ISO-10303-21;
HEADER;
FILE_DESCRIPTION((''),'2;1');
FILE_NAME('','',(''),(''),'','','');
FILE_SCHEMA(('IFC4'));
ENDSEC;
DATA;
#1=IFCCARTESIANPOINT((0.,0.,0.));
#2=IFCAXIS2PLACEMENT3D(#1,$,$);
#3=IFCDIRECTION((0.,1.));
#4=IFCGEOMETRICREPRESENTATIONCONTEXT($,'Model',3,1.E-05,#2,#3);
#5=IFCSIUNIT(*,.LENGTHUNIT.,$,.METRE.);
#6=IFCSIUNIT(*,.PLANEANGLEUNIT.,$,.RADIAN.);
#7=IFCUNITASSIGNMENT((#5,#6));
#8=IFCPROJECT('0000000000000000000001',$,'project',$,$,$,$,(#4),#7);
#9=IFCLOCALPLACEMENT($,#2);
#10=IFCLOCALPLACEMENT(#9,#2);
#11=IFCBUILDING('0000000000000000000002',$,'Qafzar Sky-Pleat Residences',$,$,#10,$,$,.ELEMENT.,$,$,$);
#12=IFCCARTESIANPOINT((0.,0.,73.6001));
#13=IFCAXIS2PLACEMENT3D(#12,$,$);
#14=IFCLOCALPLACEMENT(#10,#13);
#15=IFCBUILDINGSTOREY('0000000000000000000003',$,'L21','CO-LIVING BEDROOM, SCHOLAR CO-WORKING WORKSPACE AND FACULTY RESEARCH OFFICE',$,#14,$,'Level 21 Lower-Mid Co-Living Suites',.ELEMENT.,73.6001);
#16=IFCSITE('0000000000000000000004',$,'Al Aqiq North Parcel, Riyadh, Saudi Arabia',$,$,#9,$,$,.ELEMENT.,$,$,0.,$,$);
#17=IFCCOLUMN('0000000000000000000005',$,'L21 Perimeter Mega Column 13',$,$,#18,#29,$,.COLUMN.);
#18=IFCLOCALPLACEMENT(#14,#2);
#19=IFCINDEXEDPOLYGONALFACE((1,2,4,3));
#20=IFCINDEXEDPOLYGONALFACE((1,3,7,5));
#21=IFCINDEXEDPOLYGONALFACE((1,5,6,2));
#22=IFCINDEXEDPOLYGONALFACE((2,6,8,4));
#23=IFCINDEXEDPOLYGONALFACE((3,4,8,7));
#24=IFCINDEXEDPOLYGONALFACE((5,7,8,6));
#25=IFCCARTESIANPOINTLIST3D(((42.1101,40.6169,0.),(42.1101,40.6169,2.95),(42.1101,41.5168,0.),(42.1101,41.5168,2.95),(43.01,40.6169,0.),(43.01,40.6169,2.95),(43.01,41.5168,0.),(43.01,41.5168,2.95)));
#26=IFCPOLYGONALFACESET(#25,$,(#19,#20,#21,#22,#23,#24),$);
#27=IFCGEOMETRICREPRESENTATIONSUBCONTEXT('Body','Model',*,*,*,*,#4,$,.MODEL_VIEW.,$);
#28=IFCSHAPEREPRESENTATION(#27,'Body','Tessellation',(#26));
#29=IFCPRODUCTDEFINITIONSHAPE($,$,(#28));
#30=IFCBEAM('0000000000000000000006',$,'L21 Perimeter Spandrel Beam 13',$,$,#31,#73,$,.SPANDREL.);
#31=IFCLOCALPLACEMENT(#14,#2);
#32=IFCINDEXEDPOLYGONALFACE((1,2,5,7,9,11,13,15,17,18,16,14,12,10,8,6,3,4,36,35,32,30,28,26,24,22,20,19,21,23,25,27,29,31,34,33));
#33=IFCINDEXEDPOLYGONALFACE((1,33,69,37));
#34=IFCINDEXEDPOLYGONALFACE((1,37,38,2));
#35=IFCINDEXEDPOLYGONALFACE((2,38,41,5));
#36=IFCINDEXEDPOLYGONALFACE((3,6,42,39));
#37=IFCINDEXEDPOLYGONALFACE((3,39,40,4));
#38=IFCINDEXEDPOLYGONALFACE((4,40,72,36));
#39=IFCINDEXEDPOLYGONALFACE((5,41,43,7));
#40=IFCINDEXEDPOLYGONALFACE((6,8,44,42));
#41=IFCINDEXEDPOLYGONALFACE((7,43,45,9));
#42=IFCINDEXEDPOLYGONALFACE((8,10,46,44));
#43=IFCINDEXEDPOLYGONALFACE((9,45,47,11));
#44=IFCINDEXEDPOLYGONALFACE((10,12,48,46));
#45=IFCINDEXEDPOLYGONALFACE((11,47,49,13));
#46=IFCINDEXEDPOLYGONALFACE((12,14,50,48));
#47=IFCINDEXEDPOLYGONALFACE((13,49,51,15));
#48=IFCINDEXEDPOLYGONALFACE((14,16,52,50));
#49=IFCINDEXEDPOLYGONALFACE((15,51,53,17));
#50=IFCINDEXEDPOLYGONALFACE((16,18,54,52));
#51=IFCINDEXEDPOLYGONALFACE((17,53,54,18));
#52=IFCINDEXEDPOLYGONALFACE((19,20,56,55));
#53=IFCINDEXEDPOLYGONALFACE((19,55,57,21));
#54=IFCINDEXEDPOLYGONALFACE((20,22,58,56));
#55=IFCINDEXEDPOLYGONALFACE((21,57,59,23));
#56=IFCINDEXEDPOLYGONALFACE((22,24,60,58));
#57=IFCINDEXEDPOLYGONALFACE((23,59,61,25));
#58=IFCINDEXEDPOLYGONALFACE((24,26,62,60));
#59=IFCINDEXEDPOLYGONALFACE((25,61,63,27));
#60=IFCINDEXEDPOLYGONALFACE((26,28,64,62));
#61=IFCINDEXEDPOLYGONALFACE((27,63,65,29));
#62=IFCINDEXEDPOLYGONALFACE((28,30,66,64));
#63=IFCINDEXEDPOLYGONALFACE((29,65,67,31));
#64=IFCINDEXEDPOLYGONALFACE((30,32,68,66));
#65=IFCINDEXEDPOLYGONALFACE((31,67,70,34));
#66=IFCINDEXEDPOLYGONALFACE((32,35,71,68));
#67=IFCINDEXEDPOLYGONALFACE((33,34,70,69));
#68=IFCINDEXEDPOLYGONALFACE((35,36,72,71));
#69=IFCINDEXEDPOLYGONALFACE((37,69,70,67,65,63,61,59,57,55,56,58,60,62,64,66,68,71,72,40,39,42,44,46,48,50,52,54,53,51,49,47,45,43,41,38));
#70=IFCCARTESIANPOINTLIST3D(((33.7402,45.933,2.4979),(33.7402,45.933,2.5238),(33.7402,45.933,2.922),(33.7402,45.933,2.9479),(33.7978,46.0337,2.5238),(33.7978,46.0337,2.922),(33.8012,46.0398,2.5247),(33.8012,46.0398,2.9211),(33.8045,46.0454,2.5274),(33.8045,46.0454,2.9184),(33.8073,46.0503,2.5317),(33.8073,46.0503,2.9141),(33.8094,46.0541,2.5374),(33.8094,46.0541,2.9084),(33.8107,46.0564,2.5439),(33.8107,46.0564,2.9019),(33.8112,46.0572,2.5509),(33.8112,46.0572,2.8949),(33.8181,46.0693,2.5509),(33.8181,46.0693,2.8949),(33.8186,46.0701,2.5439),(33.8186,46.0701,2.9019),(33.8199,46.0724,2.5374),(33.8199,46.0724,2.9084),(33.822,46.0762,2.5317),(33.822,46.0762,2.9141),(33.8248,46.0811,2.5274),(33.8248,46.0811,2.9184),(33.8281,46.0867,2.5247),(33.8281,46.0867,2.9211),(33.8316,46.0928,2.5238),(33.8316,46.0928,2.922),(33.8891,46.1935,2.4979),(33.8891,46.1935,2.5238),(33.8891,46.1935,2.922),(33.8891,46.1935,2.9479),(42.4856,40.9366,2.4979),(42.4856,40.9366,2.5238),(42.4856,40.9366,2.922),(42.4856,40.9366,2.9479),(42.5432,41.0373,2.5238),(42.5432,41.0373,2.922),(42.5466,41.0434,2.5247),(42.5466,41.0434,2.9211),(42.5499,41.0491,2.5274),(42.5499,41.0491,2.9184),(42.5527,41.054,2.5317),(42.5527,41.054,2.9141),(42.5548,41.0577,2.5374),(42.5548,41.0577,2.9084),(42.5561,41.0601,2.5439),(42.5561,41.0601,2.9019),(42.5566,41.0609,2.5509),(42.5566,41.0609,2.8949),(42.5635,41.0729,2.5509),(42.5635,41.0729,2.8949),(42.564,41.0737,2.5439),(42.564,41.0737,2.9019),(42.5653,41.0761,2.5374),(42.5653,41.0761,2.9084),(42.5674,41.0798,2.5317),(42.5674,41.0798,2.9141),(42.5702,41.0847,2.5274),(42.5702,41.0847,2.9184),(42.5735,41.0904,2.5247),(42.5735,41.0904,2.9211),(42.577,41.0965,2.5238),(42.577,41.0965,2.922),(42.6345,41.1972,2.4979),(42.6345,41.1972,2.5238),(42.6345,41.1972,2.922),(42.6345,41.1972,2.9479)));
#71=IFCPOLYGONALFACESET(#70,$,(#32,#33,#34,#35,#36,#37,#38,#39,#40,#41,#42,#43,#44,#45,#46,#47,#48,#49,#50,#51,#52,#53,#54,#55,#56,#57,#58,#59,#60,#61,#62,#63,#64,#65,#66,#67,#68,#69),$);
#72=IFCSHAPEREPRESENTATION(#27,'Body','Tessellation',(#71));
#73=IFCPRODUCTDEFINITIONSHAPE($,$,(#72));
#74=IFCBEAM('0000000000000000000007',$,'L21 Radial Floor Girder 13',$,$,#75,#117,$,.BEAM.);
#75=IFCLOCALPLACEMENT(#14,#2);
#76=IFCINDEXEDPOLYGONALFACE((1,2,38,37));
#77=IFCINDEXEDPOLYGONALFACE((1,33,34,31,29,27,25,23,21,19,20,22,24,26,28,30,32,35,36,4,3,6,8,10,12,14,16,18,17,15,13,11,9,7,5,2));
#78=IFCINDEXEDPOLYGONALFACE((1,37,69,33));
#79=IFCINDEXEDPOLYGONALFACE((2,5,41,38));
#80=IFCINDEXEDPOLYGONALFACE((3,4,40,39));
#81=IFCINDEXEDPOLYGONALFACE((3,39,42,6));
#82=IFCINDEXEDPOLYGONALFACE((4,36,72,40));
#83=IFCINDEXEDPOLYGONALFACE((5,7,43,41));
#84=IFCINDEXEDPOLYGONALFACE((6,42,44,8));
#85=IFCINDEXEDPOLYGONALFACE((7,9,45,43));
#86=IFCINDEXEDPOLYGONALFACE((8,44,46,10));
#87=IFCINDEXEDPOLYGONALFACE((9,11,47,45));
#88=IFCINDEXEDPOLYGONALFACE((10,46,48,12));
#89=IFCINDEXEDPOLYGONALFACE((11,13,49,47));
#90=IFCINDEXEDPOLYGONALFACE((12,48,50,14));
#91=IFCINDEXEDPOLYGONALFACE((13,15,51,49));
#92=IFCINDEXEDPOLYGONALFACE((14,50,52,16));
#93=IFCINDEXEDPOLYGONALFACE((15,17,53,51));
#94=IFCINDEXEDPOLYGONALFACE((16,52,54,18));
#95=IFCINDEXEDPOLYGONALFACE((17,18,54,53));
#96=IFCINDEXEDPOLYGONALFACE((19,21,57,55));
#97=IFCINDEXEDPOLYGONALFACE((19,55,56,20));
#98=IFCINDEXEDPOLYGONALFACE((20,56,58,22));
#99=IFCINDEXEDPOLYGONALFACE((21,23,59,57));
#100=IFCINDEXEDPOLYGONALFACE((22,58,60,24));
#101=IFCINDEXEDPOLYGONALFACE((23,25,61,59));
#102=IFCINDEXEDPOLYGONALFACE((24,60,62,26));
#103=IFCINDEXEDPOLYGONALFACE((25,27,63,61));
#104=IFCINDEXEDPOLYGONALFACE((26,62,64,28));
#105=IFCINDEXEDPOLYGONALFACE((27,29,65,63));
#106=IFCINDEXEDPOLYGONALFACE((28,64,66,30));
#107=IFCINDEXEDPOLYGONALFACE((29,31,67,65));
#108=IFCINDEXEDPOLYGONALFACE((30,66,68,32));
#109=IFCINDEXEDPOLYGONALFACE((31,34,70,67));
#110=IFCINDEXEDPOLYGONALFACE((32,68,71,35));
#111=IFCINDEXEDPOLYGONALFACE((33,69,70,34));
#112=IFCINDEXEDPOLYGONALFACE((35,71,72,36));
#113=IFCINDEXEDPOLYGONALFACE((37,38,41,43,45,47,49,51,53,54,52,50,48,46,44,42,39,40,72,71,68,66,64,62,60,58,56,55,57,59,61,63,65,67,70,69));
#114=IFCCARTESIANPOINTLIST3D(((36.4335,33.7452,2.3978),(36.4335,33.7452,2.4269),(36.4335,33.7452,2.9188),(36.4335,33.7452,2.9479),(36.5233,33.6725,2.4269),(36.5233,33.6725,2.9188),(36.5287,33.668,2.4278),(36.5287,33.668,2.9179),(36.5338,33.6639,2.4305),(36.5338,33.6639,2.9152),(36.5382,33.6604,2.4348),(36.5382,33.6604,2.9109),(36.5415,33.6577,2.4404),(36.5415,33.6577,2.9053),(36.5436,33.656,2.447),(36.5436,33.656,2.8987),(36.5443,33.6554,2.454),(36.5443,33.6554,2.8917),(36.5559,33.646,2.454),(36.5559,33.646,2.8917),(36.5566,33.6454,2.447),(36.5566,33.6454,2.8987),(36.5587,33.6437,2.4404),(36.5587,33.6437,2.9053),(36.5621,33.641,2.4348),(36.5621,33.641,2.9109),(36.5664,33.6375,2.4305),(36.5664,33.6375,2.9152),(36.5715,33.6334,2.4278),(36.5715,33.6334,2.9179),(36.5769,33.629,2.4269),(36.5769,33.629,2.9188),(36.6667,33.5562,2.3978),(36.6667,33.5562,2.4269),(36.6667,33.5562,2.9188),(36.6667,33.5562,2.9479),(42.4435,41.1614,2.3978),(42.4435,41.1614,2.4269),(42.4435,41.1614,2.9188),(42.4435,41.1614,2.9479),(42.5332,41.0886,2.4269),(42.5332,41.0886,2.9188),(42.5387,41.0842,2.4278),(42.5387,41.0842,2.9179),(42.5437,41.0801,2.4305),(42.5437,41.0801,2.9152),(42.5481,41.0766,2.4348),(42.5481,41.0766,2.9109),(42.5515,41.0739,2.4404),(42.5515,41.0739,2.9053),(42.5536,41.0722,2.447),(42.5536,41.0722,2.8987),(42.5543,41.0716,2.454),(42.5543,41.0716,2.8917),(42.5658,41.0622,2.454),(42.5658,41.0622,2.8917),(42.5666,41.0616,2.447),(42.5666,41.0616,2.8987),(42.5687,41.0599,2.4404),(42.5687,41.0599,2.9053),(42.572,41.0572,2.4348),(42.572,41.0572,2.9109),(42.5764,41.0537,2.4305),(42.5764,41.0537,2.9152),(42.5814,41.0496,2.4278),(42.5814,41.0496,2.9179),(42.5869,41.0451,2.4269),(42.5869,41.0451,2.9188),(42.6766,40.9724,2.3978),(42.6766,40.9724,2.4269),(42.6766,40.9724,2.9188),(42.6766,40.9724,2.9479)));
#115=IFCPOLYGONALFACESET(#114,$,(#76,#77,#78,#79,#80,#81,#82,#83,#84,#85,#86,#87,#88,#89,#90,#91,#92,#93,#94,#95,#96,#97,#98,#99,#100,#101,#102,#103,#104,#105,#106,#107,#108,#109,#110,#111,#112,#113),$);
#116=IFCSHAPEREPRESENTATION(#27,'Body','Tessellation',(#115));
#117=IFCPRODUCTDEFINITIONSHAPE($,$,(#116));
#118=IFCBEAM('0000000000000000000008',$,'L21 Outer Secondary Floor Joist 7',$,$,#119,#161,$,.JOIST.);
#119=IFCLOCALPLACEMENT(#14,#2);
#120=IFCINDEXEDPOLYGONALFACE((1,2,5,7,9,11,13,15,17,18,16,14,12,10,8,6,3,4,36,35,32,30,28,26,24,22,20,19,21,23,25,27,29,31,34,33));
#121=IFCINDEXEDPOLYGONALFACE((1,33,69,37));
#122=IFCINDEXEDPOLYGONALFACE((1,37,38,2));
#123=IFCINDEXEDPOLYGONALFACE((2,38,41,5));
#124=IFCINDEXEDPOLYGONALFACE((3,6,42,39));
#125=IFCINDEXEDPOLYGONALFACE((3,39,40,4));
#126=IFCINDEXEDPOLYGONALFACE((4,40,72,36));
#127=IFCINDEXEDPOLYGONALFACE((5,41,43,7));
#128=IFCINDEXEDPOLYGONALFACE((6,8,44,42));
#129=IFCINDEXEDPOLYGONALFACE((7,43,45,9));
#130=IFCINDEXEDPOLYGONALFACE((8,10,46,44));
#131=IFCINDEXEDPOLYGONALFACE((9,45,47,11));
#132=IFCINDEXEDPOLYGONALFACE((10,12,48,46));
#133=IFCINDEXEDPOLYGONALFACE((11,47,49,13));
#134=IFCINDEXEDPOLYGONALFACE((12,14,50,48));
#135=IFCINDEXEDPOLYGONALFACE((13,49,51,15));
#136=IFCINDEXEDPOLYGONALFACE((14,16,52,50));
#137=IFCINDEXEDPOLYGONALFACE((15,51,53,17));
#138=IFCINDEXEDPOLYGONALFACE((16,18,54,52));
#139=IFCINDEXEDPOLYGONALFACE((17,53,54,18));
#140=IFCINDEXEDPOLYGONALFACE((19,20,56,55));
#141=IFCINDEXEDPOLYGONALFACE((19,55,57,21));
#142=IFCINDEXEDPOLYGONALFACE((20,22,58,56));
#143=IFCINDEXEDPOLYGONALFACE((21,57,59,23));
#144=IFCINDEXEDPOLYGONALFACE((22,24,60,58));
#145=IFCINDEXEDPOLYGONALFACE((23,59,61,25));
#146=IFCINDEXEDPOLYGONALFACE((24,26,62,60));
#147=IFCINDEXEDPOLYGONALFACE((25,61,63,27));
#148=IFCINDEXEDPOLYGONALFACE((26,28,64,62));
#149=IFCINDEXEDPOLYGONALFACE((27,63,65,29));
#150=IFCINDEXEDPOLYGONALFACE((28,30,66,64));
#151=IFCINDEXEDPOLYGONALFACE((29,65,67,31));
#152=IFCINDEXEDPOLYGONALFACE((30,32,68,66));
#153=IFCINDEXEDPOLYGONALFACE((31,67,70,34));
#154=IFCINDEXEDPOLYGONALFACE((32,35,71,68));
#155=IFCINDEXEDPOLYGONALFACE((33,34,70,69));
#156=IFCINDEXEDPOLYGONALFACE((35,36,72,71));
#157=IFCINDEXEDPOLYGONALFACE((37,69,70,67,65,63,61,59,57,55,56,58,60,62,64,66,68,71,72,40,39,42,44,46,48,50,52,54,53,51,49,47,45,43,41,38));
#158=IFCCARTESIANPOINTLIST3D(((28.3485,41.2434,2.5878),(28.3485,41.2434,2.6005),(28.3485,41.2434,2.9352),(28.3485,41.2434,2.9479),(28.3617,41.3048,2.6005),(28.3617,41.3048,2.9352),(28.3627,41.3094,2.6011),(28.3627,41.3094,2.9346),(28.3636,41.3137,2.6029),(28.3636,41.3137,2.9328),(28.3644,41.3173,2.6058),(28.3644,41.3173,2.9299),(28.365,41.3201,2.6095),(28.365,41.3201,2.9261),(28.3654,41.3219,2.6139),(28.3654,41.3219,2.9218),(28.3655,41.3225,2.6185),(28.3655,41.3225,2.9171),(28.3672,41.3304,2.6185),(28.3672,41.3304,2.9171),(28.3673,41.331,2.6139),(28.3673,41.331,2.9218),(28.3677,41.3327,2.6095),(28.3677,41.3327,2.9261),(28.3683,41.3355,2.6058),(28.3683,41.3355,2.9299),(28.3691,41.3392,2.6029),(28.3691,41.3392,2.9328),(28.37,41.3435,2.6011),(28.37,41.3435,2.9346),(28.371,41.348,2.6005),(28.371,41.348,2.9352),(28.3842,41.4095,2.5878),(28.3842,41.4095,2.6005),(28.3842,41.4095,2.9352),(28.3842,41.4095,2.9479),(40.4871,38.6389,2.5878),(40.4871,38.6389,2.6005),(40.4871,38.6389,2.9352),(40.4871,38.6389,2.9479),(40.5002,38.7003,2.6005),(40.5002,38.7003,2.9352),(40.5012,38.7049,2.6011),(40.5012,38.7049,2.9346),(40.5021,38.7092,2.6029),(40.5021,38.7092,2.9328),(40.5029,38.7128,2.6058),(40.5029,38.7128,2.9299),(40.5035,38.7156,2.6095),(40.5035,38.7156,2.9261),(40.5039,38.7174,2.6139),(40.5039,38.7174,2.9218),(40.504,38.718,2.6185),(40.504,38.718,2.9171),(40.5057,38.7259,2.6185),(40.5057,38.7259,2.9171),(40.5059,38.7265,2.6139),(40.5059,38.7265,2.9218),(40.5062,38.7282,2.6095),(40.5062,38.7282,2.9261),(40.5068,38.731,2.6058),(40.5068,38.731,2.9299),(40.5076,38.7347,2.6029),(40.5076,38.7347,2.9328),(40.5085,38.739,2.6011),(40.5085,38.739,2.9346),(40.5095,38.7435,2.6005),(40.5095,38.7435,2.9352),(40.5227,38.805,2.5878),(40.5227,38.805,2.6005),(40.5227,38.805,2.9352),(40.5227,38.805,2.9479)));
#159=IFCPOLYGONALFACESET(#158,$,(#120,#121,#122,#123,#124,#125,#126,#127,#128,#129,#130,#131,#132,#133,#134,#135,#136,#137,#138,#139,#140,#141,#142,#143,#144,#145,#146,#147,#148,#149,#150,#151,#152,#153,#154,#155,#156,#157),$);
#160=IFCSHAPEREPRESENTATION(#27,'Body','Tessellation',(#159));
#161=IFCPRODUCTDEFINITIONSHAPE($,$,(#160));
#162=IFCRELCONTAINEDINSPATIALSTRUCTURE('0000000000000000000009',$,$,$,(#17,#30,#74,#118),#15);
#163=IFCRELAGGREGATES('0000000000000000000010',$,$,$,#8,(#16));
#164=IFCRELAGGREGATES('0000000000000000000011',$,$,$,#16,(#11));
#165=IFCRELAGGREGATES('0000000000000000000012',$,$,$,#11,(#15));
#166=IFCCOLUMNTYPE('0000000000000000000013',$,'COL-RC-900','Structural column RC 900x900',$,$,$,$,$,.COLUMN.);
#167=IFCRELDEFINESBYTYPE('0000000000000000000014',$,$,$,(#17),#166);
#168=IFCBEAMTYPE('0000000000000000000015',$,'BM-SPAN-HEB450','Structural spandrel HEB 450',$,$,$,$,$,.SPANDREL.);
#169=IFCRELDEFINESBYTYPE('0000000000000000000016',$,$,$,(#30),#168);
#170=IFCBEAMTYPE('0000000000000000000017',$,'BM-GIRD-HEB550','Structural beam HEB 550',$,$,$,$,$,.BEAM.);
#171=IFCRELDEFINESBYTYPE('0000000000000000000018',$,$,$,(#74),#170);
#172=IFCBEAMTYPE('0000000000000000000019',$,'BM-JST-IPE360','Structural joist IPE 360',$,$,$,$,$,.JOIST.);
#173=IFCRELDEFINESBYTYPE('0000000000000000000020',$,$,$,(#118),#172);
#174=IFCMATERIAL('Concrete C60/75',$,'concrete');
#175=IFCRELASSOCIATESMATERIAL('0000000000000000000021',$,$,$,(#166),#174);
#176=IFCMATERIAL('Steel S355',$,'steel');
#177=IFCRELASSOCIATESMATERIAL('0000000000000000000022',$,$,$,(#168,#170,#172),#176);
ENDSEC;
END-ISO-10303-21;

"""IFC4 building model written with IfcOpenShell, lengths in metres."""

from ifc_helpers import new_model, si_unit, direction, frame, origin, origin_2d, place, context, subcontext, project, spatial, rectangle, i_section, extrude, source, transform, mapped, material, material_profile, profile_set, type_object, element, save


model = new_model("IFC4")

# Units and contexts
model_context = context("Model", 3, precision=1e-05, world=origin(), true_north=direction((0.0, 1.0)))
body_context = subcontext(model_context, "Body", "Model", "MODEL_VIEW")
ifc_project = project(units=[si_unit("LENGTHUNIT", "METRE"), si_unit("PLANEANGLEUNIT", "RADIAN")], contexts=[model_context])

# Site, building, storey
site_placement = place(None, origin())
site = spatial("IfcSite", under=ifc_project, at=site_placement, Name="Al Aqiq North Parcel, Riyadh, Saudi Arabia", CompositionType="ELEMENT", RefElevation=0.0)
building_placement = place(site_placement, origin())
building = spatial("IfcBuilding", under=site, at=building_placement, Name="Qafzar Sky-Pleat Residences", CompositionType="ELEMENT")
storey_placement = place(building_placement, frame((0.0, 0.0, 73.6001)))
storey = spatial("IfcBuildingStorey", under=building, at=storey_placement, Name="L21", Description="CO-LIVING BEDROOM, SCHOLAR CO-WORKING WORKSPACE AND FACULTY RESEARCH OFFICE", LongName="Level 21 Lower-Mid Co-Living Suites", CompositionType="ELEMENT", Elevation=73.6001)

# Column
ifc_material_1 = material(Name="Concrete C60/75", Category="concrete")
ifc_material_profile_1 = material_profile(ifc_material_1, rectangle(XDim=0.8999, YDim=0.8999, at=origin_2d()), Name="RC 900x900")
ifc_profile_set_1 = profile_set([ifc_material_profile_1], Name="Concrete C60/75")
column_type = type_object("IfcColumnType", Name="COL-RC-900", Description="Structural column RC 900x900", PredefinedType="COLUMN", material=ifc_profile_set_1)
shared_shape_1 = source(origin(), body_context, "Body", "SweptSolid", [
    extrude(rectangle(XDim=0.8999, YDim=0.8999, at=origin_2d()), origin(), (0.0, 0.0, 1.0), 2.95),
])
column_placement = place(storey_placement, frame((42.5601, 41.0669, 0.0), z_axis=(0.0, 0.0, 1.0), x_axis=(1.0, 0.0, 0.0)))
element("IfcColumn", 1, at=column_placement, inside=storey, type_object=column_type, Name="L21 Perimeter Mega Column 13", PredefinedType="COLUMN", context=body_context, shape_type="MappedRepresentation", body=[
    mapped(shared_shape_1, transform((0.0, 0.0, 0.0), x_axis=(1.0, 0.0, 0.0), y_axis=(0.0, 1.0, 0.0), z_axis=(0.0, 0.0, 1.0), scale=1.0)),
])

# Beams
ifc_material_2 = material(Name="Steel S355", Category="steel")
ifc_material_profile_2 = material_profile(ifc_material_2, i_section(OverallWidth=0.3, OverallDepth=0.45, WebThickness=0.0139, FlangeThickness=0.0259, FilletRadius=0.0271, at=origin_2d()), Name="HEB 450")
ifc_profile_set_2 = profile_set([ifc_material_profile_2], Name="Steel S355")
beam_type_1 = type_object("IfcBeamType", Name="BM-SPAN-HEB450", Description="Structural spandrel HEB 450", PredefinedType="SPANDREL", material=ifc_profile_set_2)
shared_shape_2 = source(origin(), body_context, "Body", "SweptSolid", [
    extrude(i_section(OverallWidth=0.3, OverallDepth=0.45, WebThickness=0.0139, FlangeThickness=0.0259, FilletRadius=0.0271, at=origin_2d()), origin(), (0.0, 0.0, 1.0), 10.072),
])
beam_1_placement = place(storey_placement, frame((42.5601, 41.0669, 2.7229), z_axis=(-0.868286, 0.496063, 0.0), x_axis=(-0.496063, -0.868286, 0.0)))
element("IfcBeam", 2, at=beam_1_placement, inside=storey, type_object=beam_type_1, Name="L21 Perimeter Spandrel Beam 13", PredefinedType="SPANDREL", context=body_context, shape_type="MappedRepresentation", body=[
    mapped(shared_shape_2, transform((0.0, 0.0, 0.0), x_axis=(1.0, 0.0, 0.0), y_axis=(0.0, 1.0, 0.0), z_axis=(0.0, 0.0, 1.0), scale=1.0)),
])
ifc_material_profile_3 = material_profile(ifc_material_2, i_section(OverallWidth=0.3, OverallDepth=0.55, WebThickness=0.0149, FlangeThickness=0.0291, FilletRadius=0.0271, at=origin_2d()), Name="HEB 550")
ifc_profile_set_3 = profile_set([ifc_material_profile_3], Name="Steel S355")
beam_type_2 = type_object("IfcBeamType", Name="BM-GIRD-HEB550", Description="Structural beam HEB 550", PredefinedType="BEAM", material=ifc_profile_set_3)
shared_shape_3 = source(origin(), body_context, "Body", "SweptSolid", [
    extrude(i_section(OverallWidth=0.3, OverallDepth=0.55, WebThickness=0.0149, FlangeThickness=0.0291, FilletRadius=0.0271, at=origin_2d()), origin(), (0.0, 0.0, 1.0), 9.5457),
])
beam_2_placement = place(storey_placement, frame((42.5601, 41.0669, 2.6729), z_axis=(-0.629601, -0.776918, 0.0), x_axis=(0.776918, -0.629601, 0.0)))
element("IfcBeam", 3, at=beam_2_placement, inside=storey, type_object=beam_type_2, Name="L21 Radial Floor Girder 13", PredefinedType="BEAM", context=body_context, shape_type="MappedRepresentation", body=[
    mapped(shared_shape_3, transform((0.0, 0.0, 0.0), x_axis=(1.0, 0.0, 0.0), y_axis=(0.0, 1.0, 0.0), z_axis=(0.0, 0.0, 1.0), scale=1.0)),
])
ifc_material_profile_4 = material_profile(ifc_material_2, i_section(OverallWidth=0.1699, OverallDepth=0.3601, WebThickness=0.0081, FlangeThickness=0.0127, FilletRadius=0.0181, at=origin_2d()), Name="IPE 360")
ifc_profile_set_4 = profile_set([ifc_material_profile_4], Name="Steel S355")
beam_type_3 = type_object("IfcBeamType", Name="BM-JST-IPE360", Description="Structural joist IPE 360", PredefinedType="JOIST", material=ifc_profile_set_4)
shared_shape_4 = source(origin(), body_context, "Body", "SweptSolid", [
    extrude(i_section(OverallWidth=0.1699, OverallDepth=0.3601, WebThickness=0.0081, FlangeThickness=0.0127, FilletRadius=0.0181, at=origin_2d()), origin(), (0.0, 0.0, 1.0), 12.4148),
])
beam_3_placement = place(storey_placement, frame((40.5049, 38.7219, 2.7678), z_axis=(-0.977746, 0.209791, 0.0), x_axis=(-0.209791, -0.977746, 0.0)))
element("IfcBeam", 4, at=beam_3_placement, inside=storey, type_object=beam_type_3, Name="L21 Outer Secondary Floor Joist 7", PredefinedType="JOIST", context=body_context, shape_type="MappedRepresentation", body=[
    mapped(shared_shape_4, transform((0.0, 0.0, 0.0), x_axis=(1.0, 0.0, 0.0), y_axis=(0.0, 1.0, 0.0), z_axis=(0.0, 0.0, 1.0), scale=1.0)),
])

save(model, "model.ifc")
